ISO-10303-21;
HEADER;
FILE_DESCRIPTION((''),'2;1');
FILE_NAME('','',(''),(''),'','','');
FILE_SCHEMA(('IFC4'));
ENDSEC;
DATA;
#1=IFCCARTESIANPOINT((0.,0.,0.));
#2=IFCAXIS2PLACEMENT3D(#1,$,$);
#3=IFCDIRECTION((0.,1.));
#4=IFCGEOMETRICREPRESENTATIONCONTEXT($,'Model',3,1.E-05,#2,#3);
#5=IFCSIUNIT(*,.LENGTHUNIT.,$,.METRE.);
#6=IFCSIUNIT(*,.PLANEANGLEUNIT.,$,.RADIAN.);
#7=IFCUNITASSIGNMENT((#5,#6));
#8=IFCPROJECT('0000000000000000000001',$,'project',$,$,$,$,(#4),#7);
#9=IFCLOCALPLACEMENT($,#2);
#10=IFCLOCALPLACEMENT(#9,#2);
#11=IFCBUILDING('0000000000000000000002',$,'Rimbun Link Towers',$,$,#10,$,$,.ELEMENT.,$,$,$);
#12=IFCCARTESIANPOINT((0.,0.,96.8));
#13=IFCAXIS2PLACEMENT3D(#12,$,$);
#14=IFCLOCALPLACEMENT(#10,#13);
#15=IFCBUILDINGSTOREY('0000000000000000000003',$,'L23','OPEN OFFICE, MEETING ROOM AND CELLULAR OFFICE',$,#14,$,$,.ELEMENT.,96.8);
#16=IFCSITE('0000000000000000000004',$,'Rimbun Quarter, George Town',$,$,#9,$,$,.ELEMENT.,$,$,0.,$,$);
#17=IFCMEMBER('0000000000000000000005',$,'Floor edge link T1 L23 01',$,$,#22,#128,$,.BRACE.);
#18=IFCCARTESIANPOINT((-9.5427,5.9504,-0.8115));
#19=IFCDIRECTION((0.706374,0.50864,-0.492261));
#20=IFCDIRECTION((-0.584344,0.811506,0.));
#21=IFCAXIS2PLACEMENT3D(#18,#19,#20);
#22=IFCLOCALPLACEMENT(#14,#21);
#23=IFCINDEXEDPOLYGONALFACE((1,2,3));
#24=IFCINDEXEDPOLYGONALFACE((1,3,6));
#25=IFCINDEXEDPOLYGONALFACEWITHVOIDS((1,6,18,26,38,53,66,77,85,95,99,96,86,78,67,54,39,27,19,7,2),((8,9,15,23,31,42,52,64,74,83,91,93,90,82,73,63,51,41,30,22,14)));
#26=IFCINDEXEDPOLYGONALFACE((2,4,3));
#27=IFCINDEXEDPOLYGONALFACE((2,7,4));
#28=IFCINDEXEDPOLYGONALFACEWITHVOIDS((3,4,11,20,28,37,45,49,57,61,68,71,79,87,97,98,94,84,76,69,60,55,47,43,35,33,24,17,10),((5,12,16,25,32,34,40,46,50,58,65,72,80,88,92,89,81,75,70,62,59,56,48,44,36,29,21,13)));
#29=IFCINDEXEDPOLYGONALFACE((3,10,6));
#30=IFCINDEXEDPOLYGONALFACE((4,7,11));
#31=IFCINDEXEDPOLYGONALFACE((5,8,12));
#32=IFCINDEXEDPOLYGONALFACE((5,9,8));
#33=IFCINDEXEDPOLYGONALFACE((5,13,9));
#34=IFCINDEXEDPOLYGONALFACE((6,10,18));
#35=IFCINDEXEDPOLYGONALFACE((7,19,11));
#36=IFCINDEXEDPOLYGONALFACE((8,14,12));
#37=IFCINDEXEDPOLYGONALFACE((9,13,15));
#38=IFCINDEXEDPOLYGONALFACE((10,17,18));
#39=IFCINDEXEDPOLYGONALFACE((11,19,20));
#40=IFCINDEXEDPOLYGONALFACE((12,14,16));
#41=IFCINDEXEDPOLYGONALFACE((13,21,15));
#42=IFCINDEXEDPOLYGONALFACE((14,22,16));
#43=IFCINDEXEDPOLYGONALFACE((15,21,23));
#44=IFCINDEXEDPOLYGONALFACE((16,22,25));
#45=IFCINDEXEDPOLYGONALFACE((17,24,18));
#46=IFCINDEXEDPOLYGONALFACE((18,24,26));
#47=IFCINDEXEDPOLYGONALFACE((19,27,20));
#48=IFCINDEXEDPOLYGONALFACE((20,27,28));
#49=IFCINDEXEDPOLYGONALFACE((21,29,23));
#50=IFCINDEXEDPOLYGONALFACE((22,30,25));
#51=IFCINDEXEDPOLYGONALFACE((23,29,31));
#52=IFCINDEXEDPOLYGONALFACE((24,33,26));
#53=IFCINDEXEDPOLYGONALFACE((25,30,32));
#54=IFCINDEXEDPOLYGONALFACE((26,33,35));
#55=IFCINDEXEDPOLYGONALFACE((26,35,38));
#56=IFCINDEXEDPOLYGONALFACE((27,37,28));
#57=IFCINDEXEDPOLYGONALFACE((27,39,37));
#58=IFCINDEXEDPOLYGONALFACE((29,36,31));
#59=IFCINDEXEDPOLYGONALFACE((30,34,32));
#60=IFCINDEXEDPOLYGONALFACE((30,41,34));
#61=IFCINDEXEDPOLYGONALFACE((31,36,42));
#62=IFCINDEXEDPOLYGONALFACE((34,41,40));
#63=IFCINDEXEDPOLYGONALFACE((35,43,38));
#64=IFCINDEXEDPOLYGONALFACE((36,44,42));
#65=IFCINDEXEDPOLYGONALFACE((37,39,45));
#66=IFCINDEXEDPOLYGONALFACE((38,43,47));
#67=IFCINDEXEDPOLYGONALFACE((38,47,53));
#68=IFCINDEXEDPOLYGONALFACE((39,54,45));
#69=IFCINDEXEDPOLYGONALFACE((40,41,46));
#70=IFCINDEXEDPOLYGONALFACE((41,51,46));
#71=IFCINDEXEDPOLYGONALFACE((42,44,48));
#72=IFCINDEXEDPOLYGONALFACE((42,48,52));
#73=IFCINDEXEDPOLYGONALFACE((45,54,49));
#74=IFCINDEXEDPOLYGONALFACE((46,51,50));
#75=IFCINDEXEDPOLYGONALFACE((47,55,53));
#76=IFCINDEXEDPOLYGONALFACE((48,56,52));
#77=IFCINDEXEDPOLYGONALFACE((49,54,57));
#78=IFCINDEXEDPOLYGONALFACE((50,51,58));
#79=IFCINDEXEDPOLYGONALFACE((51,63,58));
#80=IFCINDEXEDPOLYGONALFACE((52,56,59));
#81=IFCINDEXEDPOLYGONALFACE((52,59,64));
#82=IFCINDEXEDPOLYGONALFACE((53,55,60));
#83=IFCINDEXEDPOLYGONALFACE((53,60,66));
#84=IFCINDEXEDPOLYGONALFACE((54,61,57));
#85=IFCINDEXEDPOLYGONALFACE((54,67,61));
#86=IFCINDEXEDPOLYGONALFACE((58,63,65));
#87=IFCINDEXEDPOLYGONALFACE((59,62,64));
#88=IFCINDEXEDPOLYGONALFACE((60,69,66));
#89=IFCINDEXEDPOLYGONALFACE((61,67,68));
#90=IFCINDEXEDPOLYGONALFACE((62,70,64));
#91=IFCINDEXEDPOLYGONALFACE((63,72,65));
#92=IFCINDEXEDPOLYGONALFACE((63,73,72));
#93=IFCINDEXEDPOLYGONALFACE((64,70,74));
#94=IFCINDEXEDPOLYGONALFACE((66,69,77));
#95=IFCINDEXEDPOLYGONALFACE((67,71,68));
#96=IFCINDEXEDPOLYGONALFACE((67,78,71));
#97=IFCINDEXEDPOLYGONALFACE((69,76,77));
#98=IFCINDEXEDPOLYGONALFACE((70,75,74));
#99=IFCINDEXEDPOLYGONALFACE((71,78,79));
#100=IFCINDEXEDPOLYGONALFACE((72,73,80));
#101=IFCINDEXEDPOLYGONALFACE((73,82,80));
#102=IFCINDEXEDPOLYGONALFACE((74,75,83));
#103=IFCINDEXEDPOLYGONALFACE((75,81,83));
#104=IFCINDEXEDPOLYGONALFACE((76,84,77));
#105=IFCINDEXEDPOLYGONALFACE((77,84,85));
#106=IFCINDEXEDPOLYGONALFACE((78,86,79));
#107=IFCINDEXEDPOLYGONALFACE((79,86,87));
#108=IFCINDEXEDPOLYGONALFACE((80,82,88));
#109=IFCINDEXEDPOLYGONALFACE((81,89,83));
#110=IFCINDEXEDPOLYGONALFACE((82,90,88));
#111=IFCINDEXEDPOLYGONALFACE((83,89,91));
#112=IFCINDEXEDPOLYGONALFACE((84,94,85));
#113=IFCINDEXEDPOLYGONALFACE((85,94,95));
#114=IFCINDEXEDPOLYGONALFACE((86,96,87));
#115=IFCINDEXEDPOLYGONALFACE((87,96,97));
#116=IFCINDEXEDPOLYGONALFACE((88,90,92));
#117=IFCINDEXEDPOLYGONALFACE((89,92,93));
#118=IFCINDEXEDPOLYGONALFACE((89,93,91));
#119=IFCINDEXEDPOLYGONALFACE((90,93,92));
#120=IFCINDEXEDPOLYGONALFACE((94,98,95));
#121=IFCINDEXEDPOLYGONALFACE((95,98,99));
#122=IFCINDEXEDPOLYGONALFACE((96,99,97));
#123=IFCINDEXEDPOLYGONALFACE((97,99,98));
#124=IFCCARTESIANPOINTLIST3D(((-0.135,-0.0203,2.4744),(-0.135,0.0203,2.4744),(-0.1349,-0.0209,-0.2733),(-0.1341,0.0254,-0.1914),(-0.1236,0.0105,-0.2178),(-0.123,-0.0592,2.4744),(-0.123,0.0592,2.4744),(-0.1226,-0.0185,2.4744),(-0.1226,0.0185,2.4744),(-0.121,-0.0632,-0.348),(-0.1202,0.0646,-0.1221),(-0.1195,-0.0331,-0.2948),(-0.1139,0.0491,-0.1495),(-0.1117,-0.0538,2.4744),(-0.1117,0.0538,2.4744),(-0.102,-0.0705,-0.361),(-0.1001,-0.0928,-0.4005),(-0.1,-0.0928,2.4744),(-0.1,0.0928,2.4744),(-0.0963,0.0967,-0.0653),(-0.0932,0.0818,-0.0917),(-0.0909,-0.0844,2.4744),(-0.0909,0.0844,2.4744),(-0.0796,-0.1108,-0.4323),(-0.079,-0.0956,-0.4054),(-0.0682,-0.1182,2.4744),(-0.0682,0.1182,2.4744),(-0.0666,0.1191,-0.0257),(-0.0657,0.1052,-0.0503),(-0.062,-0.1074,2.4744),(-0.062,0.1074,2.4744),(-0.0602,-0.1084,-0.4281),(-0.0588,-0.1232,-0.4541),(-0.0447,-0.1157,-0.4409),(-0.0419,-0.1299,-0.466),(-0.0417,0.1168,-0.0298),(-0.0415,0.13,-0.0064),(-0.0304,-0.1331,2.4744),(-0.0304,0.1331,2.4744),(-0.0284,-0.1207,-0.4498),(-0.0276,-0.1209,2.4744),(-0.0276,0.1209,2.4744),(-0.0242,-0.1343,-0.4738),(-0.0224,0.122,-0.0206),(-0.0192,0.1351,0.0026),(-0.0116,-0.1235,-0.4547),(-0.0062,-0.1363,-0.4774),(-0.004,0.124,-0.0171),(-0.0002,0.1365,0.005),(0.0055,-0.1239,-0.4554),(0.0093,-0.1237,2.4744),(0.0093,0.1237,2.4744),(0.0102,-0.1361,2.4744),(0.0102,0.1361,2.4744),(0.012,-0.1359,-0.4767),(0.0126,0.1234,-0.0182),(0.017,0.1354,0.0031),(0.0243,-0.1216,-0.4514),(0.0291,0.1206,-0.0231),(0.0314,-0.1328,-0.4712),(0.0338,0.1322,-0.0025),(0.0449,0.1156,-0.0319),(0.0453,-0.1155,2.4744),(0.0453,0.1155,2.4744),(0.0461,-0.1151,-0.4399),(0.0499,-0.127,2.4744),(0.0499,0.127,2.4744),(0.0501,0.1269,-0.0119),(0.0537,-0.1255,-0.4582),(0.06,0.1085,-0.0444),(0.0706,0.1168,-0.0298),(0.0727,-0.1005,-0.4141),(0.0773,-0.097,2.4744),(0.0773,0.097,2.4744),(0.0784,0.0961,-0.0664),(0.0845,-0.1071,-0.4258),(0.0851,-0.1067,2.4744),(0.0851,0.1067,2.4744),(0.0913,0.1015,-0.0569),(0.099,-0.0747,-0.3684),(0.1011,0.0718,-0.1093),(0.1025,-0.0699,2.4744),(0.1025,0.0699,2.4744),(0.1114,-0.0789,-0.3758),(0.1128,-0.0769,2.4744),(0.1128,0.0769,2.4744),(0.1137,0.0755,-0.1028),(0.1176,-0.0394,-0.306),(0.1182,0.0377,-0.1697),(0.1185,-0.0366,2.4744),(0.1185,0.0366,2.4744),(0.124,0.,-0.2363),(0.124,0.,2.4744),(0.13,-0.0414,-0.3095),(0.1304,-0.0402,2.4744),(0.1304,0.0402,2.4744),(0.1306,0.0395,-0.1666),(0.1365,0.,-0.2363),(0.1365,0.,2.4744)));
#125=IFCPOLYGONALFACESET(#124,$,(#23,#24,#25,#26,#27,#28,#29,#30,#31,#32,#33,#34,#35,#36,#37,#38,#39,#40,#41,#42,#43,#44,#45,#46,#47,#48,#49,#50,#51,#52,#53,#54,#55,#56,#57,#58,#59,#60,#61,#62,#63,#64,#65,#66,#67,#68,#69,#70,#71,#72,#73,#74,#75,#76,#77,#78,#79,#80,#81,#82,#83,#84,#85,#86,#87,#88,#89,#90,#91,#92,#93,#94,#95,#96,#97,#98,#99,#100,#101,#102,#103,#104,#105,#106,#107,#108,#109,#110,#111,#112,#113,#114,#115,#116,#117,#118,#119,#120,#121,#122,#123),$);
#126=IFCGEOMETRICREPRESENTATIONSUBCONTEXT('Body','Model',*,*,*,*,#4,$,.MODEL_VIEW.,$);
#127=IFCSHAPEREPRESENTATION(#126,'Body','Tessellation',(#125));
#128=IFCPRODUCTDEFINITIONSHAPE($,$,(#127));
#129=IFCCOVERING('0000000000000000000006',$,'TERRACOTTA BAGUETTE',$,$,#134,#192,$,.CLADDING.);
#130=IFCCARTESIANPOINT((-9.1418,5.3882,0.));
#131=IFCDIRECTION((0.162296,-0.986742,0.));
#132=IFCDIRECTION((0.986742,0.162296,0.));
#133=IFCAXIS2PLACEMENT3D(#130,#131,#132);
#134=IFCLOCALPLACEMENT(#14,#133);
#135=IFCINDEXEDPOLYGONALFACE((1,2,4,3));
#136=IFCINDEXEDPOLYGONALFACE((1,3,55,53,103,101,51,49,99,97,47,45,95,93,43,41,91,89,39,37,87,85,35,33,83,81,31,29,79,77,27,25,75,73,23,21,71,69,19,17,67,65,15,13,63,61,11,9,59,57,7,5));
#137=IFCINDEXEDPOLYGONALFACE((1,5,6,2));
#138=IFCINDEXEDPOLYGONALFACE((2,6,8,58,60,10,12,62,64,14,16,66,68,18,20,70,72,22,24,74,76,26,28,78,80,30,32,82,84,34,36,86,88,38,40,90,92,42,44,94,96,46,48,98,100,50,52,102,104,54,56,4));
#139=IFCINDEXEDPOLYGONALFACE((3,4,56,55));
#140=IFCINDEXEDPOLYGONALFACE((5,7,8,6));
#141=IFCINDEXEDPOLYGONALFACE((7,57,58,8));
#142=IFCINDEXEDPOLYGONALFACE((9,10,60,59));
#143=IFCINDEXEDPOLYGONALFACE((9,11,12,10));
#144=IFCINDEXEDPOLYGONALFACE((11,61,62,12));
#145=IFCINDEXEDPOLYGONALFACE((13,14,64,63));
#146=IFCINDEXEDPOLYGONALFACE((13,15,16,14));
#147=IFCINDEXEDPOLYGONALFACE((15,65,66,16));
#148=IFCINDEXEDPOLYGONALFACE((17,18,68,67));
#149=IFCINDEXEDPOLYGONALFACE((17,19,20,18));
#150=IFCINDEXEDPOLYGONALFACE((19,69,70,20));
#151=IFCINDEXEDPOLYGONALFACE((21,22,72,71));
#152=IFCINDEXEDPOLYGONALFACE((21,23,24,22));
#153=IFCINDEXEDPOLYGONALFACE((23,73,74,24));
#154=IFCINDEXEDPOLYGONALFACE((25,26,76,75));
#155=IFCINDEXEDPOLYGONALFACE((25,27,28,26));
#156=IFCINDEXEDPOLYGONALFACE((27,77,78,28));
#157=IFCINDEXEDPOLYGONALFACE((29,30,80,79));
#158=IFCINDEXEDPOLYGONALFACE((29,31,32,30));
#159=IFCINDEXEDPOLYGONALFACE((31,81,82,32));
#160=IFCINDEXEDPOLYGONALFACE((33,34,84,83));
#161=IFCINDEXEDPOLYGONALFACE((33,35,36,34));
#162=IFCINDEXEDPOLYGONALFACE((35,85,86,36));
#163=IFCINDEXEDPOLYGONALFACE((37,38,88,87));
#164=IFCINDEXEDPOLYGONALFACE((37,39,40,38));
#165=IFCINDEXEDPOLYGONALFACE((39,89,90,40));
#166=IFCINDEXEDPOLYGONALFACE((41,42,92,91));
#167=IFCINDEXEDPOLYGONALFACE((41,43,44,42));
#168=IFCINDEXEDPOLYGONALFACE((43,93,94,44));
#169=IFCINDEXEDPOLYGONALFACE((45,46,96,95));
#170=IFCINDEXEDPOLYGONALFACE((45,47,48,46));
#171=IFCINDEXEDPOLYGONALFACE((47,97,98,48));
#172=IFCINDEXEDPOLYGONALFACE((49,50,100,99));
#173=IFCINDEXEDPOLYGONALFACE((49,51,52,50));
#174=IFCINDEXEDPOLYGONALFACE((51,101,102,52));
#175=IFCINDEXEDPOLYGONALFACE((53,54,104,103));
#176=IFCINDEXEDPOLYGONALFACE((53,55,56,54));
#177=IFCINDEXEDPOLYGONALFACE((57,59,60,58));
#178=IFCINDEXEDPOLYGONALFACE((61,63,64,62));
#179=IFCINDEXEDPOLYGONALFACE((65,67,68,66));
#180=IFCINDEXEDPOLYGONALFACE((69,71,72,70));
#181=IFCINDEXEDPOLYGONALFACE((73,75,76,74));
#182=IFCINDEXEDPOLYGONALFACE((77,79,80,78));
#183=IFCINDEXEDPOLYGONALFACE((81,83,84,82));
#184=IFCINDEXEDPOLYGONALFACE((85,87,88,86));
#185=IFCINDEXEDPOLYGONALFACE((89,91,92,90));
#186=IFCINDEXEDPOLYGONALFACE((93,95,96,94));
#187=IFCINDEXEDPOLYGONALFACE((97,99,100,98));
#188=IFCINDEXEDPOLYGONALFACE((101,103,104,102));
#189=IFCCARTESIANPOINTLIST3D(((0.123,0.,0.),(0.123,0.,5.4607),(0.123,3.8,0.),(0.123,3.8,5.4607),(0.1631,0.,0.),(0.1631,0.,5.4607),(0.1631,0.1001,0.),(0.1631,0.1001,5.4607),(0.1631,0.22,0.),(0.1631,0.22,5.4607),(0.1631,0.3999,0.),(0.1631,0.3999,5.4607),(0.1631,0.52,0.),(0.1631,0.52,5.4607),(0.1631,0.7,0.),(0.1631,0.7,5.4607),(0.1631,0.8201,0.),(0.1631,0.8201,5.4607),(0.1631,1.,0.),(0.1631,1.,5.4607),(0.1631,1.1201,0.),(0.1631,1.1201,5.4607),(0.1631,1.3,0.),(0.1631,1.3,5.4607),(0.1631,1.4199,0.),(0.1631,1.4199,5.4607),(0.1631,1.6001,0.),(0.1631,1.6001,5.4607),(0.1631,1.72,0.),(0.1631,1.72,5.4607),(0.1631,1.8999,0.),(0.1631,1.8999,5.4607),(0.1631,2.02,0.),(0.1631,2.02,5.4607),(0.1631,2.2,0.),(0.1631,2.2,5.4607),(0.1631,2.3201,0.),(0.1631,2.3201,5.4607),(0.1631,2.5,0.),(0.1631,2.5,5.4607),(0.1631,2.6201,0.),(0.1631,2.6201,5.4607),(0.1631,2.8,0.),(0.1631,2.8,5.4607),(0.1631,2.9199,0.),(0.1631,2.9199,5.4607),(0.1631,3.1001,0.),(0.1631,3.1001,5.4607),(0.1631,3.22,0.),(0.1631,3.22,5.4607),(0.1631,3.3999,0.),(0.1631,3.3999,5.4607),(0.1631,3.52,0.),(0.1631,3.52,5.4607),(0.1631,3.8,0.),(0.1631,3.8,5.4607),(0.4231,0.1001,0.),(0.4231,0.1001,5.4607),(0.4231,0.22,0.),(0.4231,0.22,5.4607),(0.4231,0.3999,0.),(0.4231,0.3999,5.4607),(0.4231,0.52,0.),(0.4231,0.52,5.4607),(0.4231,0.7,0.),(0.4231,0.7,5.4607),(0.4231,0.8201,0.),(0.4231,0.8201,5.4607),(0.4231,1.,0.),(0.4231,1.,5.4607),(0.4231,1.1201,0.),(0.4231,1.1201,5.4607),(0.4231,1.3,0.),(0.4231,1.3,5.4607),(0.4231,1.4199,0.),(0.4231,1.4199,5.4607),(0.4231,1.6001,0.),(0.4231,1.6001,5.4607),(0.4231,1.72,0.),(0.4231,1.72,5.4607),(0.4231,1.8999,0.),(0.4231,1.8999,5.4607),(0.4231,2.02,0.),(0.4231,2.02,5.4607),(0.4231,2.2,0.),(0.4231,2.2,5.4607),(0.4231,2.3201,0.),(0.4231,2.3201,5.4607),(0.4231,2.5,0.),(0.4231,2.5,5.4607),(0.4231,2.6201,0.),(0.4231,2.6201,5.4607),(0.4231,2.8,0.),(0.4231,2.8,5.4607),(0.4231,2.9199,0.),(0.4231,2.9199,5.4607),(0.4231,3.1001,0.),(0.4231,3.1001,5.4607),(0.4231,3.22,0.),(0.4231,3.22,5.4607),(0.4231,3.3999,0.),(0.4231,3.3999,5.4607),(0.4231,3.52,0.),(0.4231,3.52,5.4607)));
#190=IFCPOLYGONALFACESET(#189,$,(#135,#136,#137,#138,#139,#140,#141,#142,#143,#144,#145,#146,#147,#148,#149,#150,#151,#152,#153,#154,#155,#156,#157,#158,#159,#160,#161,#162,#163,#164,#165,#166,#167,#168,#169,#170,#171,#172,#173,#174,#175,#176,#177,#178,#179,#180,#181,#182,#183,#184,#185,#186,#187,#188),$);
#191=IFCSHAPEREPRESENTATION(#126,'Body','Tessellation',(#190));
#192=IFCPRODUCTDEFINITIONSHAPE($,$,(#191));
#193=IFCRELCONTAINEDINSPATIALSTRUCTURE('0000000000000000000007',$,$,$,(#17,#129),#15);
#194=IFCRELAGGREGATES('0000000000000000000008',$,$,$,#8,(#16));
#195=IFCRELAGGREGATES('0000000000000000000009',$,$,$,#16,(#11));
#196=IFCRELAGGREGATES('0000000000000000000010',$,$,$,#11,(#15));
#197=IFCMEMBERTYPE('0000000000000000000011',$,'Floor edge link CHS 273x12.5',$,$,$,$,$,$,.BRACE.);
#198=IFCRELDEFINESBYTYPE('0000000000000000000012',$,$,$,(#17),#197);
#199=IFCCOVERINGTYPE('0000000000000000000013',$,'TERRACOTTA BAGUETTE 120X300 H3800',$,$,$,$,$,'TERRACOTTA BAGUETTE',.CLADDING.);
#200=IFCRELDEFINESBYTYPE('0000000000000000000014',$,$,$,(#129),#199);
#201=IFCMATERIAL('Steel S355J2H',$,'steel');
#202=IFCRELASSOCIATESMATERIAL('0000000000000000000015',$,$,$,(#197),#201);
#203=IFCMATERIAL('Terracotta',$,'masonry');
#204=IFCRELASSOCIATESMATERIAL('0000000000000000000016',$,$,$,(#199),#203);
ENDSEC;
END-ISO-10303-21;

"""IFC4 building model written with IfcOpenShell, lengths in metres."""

from ifc_helpers import new_model, si_unit, direction, frame, origin, origin_2d, place, context, subcontext, project, spatial, polyline, hollow_circle, outline, extrude, clip, halfspace, material, material_profile, profile_set, type_object, element, save


model = new_model("IFC4")

# Units and contexts
model_context = context("Model", 3, precision=1e-05, world=origin(), true_north=direction((0.0, 1.0)))
body_context = subcontext(model_context, "Body", "Model", "MODEL_VIEW")
ifc_project = project(units=[si_unit("LENGTHUNIT", "METRE"), si_unit("PLANEANGLEUNIT", "RADIAN")], contexts=[model_context])

# Site, building, storey
site_placement = place(None, origin())
site = spatial("IfcSite", under=ifc_project, at=site_placement, Name="Rimbun Quarter, George Town", CompositionType="ELEMENT", RefElevation=0.0)
building_placement = place(site_placement, origin())
building = spatial("IfcBuilding", under=site, at=building_placement, Name="Rimbun Link Towers", CompositionType="ELEMENT")
storey_placement = place(building_placement, frame((0.0, 0.0, 96.8)))
storey = spatial("IfcBuildingStorey", under=building, at=storey_placement, Name="L23", Description="OPEN OFFICE, MEETING ROOM AND CELLULAR OFFICE", CompositionType="ELEMENT", Elevation=96.8)

# Member
ifc_material_1 = material(Name="Steel S355J2H", Category="steel")
ifc_material_profile_1 = material_profile(ifc_material_1, hollow_circle(Radius=0.1365, WallThickness=0.0125, at=origin_2d()), Name="CHS 273x12.5")
ifc_profile_set_1 = profile_set([ifc_material_profile_1], Name="Steel S355J2H")
member_type_1 = type_object("IfcMemberType", Name="Floor edge link CHS 273x12.5", PredefinedType="BRACE", material=ifc_profile_set_1)
member_1_placement = place(storey_placement, frame((-9.5427, 5.9504, -0.8115), z_axis=(0.706374, 0.50864, -0.492261), x_axis=(-0.584344, 0.811506, 0.0)))
element("IfcMember", 1, at=member_1_placement, inside=storey, type_object=member_type_1, Name="Floor edge link T1 L23 01", PredefinedType="BRACE", context=body_context, shape_type="Clipping", body=[
    clip(extrude(hollow_circle(Radius=0.1365, WallThickness=0.0125, at=origin_2d()), frame((0.0, 0.0, -0.5029)), (0.0, 0.0, 1.0), 2.9773), halfspace(frame((0.0, 0.0, -0.2363), z_axis=(0.0, 0.870447, -0.492261)), False)),
])

# Covering
ifc_material_2 = material(Name="Terracotta", Category="masonry")
ifc_material_profile_2 = material_profile(ifc_material_2, outline(polyline([(0.123, 0.0), (0.1631, 0.0), (0.1631, 0.1001), (0.4231, 0.1001), (0.4231, 0.22), (0.1631, 0.22), (0.1631, 0.3999), (0.4231, 0.3999), (0.4231, 0.52), (0.1631, 0.52), (0.1631, 0.7), (0.4231, 0.7), (0.4231, 0.8201), (0.1631, 0.8201), (0.1631, 1.0), (0.4231, 1.0), (0.4231, 1.1201), (0.1631, 1.1201), (0.1631, 1.3), (0.4231, 1.3), (0.4231, 1.4199), (0.1631, 1.4199), (0.1631, 1.6001), (0.4231, 1.6001), (0.4231, 1.72), (0.1631, 1.72), (0.1631, 1.8999), (0.4231, 1.8999), (0.4231, 2.02), (0.1631, 2.02), (0.1631, 2.2), (0.4231, 2.2), (0.4231, 2.3201), (0.1631, 2.3201), (0.1631, 2.5), (0.4231, 2.5), (0.4231, 2.6201), (0.1631, 2.6201), (0.1631, 2.8), (0.4231, 2.8), (0.4231, 2.9199), (0.1631, 2.9199), (0.1631, 3.1001), (0.4231, 3.1001), (0.4231, 3.22), (0.1631, 3.22), (0.1631, 3.3999), (0.4231, 3.3999), (0.4231, 3.52), (0.1631, 3.52), (0.1631, 3.8), (0.123, 3.8), (0.123, 0.0)])), Name="BAGUETTE 120X300")
ifc_profile_set_2 = profile_set([ifc_material_profile_2], Name="Terracotta")
covering_type = type_object("IfcCoveringType", Name="TERRACOTTA BAGUETTE 120X300 H3800", ElementType="TERRACOTTA BAGUETTE", PredefinedType="CLADDING", material=ifc_profile_set_2)
covering_1_placement = place(storey_placement, frame((-9.1418, 5.3882, 0.0), z_axis=(0.162296, -0.986742, 0.0), x_axis=(0.986742, 0.162296, 0.0)))
element("IfcCovering", 2, at=covering_1_placement, inside=storey, type_object=covering_type, Name="TERRACOTTA BAGUETTE", PredefinedType="CLADDING", context=body_context, shape_type="SweptSolid", body=[
    extrude(outline(polyline([(0.123, 0.0), (0.1631, 0.0), (0.1631, 0.1001), (0.4231, 0.1001), (0.4231, 0.22), (0.1631, 0.22), (0.1631, 0.3999), (0.4231, 0.3999), (0.4231, 0.52), (0.1631, 0.52), (0.1631, 0.7), (0.4231, 0.7), (0.4231, 0.8201), (0.1631, 0.8201), (0.1631, 1.0), (0.4231, 1.0), (0.4231, 1.1201), (0.1631, 1.1201), (0.1631, 1.3), (0.4231, 1.3), (0.4231, 1.4199), (0.1631, 1.4199), (0.1631, 1.6001), (0.4231, 1.6001), (0.4231, 1.72), (0.1631, 1.72), (0.1631, 1.8999), (0.4231, 1.8999), (0.4231, 2.02), (0.1631, 2.02), (0.1631, 2.2), (0.4231, 2.2), (0.4231, 2.3201), (0.1631, 2.3201), (0.1631, 2.5), (0.4231, 2.5), (0.4231, 2.6201), (0.1631, 2.6201), (0.1631, 2.8), (0.4231, 2.8), (0.4231, 2.9199), (0.1631, 2.9199), (0.1631, 3.1001), (0.4231, 3.1001), (0.4231, 3.22), (0.1631, 3.22), (0.1631, 3.3999), (0.4231, 3.3999), (0.4231, 3.52), (0.1631, 3.52), (0.1631, 3.8), (0.123, 3.8), (0.123, 0.0)])), origin(), (0.0, 0.0, 1.0), 5.4607),
])

save(model, "model.ifc")
